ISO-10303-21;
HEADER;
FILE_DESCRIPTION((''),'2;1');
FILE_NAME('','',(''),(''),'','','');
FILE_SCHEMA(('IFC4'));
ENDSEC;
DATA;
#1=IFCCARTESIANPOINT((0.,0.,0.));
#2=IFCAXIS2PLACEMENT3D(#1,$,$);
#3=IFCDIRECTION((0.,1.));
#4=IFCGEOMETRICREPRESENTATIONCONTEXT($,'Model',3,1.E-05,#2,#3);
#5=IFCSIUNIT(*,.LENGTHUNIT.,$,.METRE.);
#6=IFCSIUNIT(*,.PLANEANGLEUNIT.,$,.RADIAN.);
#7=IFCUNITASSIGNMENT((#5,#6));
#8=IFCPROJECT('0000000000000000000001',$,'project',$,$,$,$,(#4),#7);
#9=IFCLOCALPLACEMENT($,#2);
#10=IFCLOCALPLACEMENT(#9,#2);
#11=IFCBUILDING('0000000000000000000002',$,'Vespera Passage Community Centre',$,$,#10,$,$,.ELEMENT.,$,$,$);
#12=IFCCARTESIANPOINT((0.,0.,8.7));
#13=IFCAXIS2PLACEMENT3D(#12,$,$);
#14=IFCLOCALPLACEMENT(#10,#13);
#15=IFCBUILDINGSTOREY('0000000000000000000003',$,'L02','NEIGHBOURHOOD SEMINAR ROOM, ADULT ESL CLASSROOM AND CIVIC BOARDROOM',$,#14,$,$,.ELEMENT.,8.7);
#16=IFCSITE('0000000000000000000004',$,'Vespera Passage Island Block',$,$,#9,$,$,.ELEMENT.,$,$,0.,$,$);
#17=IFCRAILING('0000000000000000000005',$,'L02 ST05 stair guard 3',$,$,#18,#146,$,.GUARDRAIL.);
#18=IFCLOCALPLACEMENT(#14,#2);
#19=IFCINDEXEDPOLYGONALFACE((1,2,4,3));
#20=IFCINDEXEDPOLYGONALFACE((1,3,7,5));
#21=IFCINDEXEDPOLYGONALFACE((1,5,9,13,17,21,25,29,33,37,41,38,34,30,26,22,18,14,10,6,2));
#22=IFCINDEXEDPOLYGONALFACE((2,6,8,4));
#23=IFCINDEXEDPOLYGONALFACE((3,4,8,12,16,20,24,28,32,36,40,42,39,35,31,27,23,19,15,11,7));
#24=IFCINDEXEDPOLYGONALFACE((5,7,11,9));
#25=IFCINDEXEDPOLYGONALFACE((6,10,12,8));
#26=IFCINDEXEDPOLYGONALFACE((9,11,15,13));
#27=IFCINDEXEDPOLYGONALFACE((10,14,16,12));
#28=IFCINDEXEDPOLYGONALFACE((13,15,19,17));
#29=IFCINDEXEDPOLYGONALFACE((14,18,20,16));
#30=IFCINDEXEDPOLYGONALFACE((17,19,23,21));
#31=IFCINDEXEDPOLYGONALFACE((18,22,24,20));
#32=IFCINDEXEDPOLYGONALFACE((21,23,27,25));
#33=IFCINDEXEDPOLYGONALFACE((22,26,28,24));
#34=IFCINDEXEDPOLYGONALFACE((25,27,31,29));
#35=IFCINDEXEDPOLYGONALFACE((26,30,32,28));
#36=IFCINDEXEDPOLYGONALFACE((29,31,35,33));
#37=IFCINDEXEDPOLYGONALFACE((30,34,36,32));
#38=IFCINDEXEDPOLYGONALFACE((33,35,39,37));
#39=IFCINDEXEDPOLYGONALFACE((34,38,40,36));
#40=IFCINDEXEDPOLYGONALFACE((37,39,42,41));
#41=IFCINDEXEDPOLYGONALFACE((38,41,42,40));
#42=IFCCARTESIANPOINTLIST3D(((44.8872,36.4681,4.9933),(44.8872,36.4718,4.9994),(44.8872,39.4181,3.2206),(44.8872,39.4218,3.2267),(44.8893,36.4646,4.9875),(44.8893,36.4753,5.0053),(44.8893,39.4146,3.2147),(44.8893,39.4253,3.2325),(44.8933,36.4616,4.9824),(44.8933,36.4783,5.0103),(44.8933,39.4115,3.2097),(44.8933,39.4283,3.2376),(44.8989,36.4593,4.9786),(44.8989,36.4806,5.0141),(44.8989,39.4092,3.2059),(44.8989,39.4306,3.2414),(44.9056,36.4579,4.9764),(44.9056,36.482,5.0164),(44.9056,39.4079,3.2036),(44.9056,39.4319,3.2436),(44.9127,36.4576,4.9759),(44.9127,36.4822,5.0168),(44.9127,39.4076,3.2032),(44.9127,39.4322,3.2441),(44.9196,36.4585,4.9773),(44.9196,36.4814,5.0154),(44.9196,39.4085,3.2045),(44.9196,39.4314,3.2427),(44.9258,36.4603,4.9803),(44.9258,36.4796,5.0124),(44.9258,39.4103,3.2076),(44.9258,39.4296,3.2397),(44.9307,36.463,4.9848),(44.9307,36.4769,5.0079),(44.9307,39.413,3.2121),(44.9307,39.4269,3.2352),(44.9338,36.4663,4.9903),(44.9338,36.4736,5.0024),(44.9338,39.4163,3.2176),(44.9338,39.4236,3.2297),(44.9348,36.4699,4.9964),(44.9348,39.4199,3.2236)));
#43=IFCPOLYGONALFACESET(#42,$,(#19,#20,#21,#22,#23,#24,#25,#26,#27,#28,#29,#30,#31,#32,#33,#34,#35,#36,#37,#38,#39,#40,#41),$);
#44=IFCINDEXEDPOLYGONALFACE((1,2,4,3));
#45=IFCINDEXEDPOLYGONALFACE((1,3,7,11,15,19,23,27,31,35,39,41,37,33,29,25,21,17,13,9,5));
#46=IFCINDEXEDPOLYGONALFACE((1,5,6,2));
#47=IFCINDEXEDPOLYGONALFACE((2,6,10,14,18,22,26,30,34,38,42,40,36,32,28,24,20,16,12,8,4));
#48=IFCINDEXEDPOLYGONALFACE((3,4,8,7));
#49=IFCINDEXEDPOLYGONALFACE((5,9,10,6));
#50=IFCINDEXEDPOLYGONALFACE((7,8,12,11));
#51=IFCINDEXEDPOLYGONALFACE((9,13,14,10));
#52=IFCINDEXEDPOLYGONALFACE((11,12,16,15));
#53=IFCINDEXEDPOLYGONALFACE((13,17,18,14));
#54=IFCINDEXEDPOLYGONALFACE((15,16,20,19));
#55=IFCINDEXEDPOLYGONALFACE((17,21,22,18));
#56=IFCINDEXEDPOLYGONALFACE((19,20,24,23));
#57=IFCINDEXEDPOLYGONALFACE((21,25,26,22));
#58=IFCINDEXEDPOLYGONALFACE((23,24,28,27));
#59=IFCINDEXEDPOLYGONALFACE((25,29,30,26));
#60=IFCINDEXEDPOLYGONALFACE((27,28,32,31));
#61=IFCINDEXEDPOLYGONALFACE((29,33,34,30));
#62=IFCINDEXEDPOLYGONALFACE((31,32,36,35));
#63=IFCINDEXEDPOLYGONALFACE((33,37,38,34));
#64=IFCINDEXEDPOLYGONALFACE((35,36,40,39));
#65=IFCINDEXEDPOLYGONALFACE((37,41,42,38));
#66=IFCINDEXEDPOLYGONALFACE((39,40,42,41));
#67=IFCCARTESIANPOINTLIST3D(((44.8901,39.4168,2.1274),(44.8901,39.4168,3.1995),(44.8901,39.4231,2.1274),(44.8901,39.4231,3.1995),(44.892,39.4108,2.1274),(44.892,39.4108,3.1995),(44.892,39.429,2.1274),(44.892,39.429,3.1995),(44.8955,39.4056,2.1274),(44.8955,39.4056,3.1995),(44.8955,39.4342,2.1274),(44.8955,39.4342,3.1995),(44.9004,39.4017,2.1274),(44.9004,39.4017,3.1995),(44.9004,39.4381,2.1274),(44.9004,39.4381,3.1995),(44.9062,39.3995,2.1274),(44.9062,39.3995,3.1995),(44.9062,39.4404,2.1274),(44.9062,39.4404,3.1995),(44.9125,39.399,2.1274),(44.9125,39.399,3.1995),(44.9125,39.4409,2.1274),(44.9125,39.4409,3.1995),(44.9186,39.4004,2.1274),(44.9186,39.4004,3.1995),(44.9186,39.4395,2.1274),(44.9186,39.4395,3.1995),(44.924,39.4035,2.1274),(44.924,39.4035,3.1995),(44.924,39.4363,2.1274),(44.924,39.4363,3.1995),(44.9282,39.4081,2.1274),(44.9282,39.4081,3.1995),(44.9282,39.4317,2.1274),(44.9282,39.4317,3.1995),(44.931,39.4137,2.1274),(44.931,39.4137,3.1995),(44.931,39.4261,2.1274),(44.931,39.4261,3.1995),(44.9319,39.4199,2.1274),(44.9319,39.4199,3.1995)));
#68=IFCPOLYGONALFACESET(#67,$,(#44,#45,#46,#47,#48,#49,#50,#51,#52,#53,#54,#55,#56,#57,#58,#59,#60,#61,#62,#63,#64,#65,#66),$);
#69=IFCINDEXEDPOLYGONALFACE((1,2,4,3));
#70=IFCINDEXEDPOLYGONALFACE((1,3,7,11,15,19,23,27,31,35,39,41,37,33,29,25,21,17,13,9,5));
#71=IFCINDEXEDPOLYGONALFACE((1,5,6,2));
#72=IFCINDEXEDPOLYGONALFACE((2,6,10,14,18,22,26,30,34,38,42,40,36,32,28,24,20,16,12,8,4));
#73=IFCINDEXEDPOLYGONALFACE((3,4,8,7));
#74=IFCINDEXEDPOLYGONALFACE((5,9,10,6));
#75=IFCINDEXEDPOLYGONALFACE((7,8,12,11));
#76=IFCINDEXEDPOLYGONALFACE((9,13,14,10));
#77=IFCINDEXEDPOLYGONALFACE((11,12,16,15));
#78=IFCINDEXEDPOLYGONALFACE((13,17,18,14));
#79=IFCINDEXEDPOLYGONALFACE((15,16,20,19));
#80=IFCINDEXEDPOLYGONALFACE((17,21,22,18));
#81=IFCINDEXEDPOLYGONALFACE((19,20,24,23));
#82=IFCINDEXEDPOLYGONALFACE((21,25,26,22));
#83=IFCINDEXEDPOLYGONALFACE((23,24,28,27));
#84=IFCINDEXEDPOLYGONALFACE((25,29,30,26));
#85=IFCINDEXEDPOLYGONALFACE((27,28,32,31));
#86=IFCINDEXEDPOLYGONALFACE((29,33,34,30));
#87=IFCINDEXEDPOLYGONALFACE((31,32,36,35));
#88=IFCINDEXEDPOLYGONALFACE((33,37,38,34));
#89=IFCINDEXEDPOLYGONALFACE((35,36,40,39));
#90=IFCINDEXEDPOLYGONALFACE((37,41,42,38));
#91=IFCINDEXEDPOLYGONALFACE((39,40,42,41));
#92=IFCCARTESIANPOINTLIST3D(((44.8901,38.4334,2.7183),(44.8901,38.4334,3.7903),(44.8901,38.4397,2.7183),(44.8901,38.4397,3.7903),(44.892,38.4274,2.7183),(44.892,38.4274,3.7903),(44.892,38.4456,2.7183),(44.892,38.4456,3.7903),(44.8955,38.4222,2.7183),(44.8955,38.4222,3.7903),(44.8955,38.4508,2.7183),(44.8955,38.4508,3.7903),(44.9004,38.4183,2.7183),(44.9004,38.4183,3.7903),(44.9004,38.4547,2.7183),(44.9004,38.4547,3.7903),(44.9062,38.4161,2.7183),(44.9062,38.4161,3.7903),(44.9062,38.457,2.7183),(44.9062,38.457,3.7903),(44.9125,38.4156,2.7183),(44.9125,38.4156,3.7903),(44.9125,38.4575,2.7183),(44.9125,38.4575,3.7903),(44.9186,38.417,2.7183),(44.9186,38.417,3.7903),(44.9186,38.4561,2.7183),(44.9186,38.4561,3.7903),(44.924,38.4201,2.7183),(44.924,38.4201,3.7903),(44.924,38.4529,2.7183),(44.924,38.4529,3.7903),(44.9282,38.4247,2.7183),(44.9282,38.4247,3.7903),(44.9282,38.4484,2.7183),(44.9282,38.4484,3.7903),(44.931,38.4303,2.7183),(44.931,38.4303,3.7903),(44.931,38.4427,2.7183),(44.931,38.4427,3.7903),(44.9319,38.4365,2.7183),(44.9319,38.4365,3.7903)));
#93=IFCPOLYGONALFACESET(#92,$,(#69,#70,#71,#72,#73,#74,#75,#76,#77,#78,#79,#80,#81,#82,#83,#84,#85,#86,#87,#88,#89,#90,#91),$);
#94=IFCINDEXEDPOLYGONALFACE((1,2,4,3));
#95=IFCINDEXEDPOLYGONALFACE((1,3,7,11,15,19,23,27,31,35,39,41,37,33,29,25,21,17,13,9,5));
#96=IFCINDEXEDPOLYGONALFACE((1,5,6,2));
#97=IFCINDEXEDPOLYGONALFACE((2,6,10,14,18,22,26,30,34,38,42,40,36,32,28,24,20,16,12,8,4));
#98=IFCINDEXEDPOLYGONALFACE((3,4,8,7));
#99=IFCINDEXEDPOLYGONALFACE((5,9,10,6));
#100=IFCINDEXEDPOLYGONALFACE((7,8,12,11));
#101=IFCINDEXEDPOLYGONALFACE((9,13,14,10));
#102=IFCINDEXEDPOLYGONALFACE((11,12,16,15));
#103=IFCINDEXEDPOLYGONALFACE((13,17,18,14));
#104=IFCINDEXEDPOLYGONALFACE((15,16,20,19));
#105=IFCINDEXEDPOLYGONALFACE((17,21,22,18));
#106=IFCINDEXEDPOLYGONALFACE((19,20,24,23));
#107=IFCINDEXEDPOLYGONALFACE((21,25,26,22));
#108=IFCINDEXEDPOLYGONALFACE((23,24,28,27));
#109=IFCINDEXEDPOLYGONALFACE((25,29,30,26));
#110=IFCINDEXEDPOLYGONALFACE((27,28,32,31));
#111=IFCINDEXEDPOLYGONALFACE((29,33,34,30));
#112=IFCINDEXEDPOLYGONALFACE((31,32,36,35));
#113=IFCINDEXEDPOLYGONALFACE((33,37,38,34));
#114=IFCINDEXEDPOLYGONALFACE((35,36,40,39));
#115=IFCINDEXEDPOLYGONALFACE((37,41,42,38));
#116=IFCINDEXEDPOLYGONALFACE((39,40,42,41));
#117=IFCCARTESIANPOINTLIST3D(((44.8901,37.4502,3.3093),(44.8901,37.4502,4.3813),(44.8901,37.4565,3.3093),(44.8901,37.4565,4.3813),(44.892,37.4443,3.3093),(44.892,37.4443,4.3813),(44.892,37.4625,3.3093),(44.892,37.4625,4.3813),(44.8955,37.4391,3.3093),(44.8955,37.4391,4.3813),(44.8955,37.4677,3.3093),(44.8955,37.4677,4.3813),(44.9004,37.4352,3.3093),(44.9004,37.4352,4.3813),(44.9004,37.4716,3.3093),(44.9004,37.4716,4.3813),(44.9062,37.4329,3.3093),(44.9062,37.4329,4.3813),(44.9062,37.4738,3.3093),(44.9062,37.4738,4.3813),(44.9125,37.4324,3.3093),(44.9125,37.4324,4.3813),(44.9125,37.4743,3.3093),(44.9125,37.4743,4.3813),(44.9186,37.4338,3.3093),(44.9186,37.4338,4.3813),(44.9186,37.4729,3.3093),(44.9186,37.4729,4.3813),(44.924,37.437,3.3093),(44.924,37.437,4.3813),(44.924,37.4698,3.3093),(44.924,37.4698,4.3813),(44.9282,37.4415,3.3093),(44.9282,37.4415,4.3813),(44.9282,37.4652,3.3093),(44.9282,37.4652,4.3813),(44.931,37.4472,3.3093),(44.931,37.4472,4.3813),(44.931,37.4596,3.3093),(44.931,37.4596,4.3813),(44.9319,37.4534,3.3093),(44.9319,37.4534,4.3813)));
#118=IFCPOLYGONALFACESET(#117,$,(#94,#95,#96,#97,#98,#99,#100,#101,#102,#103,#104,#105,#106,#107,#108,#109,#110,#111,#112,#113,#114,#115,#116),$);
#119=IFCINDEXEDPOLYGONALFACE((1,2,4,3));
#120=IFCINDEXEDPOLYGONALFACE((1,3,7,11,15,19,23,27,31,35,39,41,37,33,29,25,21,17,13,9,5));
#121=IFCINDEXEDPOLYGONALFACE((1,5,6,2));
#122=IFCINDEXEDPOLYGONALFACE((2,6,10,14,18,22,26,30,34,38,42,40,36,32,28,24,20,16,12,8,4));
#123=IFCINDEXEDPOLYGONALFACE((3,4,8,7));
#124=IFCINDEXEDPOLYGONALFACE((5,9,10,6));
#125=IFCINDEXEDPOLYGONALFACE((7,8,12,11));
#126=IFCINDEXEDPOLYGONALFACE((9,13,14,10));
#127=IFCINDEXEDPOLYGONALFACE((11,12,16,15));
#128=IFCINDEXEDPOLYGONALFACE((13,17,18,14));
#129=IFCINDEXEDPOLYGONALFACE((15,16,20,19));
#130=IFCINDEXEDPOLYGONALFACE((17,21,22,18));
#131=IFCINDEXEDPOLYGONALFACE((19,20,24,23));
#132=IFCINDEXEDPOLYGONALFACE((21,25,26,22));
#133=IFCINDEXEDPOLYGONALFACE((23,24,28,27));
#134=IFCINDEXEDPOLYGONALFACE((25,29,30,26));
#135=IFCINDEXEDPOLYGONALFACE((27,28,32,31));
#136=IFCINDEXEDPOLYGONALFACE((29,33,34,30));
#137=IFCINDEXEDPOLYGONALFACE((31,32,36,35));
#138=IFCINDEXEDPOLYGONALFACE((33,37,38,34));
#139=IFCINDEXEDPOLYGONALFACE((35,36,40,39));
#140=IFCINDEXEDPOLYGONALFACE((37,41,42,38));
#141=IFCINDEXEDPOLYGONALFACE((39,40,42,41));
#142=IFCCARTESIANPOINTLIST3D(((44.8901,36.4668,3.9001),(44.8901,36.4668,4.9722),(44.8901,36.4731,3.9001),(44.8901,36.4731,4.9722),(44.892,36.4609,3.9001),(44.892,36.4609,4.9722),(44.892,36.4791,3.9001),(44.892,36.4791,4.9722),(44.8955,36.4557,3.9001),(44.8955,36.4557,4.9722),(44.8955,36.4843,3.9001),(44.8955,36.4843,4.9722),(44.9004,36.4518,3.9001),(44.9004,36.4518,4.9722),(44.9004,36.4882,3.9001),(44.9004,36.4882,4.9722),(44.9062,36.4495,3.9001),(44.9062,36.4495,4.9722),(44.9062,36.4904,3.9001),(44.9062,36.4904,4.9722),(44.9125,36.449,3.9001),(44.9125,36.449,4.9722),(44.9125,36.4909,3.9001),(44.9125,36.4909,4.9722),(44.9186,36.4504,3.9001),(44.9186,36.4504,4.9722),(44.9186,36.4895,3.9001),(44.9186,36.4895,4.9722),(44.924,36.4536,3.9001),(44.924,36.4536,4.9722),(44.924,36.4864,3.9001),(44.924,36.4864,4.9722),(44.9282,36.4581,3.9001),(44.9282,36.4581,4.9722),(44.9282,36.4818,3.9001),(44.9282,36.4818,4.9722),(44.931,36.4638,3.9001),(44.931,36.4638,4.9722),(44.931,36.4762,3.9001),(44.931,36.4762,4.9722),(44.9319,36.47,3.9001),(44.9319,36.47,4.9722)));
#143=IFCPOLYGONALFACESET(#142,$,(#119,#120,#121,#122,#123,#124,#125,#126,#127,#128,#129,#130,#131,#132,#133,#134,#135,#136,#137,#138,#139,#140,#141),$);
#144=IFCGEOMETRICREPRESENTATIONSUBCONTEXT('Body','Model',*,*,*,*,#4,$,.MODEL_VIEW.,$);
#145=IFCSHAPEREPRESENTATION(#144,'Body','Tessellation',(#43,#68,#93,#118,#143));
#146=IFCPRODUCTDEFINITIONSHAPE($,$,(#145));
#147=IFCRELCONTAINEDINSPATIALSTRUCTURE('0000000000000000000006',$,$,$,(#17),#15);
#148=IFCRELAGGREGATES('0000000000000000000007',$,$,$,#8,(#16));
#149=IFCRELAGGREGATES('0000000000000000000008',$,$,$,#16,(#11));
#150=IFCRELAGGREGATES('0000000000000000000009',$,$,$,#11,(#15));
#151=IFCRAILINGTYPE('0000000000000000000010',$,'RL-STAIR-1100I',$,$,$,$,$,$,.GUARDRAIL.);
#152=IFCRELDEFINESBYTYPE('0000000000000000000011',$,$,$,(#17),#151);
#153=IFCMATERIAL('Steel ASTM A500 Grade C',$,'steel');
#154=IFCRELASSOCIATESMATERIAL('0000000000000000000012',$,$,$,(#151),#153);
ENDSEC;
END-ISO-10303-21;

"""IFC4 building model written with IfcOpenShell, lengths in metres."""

from ifc_helpers import new_model, si_unit, direction, frame, origin, origin_2d, place, context, subcontext, project, spatial, circle, extrude, material, type_object, element, save


model = new_model("IFC4")

# Units and contexts
model_context = context("Model", 3, precision=1e-05, world=origin(), true_north=direction((0.0, 1.0)))
body_context = subcontext(model_context, "Body", "Model", "MODEL_VIEW")
ifc_project = project(units=[si_unit("LENGTHUNIT", "METRE"), si_unit("PLANEANGLEUNIT", "RADIAN")], contexts=[model_context])

# Site, building, storey
site_placement = place(None, origin())
site = spatial("IfcSite", under=ifc_project, at=site_placement, Name="Vespera Passage Island Block", CompositionType="ELEMENT", RefElevation=0.0)
building_placement = place(site_placement, origin())
building = spatial("IfcBuilding", under=site, at=building_placement, Name="Vespera Passage Community Centre", CompositionType="ELEMENT")
storey_placement = place(building_placement, frame((0.0, 0.0, 8.7)))
storey = spatial("IfcBuildingStorey", under=building, at=storey_placement, Name="L02", Description="NEIGHBOURHOOD SEMINAR ROOM, ADULT ESL CLASSROOM AND CIVIC BOARDROOM", CompositionType="ELEMENT", Elevation=8.7)

# Railing
ifc_material_1 = material(Name="Steel ASTM A500 Grade C", Category="steel")
railing_type_1 = type_object("IfcRailingType", Name="RL-STAIR-1100I", PredefinedType="GUARDRAIL", material=ifc_material_1)
railing_1_placement = place(storey_placement, frame((44.9109, 39.4199, 2.1274)))
element("IfcRailing", 1, at=railing_1_placement, inside=storey, type_object=railing_type_1, Name="L02 ST05 stair guard 3", PredefinedType="GUARDRAIL", context=body_context, shape_type="SweptSolid", body=[
    extrude(circle(Radius=0.0239, at=origin_2d()), frame((0.0, 0.0, 1.0962), z_axis=(0.0, -0.857142, 0.51508), x_axis=(1.0, 0.0, 0.0)), (0.0, 0.0, 1.0), 3.4417),
    extrude(circle(Radius=0.021, at=origin_2d()), origin(), (0.0, 0.0, 1.0), 1.072),
    extrude(circle(Radius=0.021, at=origin_2d()), frame((0.0, -0.9834, 0.5908)), (0.0, 0.0, 1.0), 1.072),
    extrude(circle(Radius=0.021, at=origin_2d()), frame((0.0, -1.9666, 1.1819)), (0.0, 0.0, 1.0), 1.072),
    extrude(circle(Radius=0.021, at=origin_2d()), frame((0.0, -2.95, 1.7727)), (0.0, 0.0, 1.0), 1.072),
])

save(model, "model.ifc")
